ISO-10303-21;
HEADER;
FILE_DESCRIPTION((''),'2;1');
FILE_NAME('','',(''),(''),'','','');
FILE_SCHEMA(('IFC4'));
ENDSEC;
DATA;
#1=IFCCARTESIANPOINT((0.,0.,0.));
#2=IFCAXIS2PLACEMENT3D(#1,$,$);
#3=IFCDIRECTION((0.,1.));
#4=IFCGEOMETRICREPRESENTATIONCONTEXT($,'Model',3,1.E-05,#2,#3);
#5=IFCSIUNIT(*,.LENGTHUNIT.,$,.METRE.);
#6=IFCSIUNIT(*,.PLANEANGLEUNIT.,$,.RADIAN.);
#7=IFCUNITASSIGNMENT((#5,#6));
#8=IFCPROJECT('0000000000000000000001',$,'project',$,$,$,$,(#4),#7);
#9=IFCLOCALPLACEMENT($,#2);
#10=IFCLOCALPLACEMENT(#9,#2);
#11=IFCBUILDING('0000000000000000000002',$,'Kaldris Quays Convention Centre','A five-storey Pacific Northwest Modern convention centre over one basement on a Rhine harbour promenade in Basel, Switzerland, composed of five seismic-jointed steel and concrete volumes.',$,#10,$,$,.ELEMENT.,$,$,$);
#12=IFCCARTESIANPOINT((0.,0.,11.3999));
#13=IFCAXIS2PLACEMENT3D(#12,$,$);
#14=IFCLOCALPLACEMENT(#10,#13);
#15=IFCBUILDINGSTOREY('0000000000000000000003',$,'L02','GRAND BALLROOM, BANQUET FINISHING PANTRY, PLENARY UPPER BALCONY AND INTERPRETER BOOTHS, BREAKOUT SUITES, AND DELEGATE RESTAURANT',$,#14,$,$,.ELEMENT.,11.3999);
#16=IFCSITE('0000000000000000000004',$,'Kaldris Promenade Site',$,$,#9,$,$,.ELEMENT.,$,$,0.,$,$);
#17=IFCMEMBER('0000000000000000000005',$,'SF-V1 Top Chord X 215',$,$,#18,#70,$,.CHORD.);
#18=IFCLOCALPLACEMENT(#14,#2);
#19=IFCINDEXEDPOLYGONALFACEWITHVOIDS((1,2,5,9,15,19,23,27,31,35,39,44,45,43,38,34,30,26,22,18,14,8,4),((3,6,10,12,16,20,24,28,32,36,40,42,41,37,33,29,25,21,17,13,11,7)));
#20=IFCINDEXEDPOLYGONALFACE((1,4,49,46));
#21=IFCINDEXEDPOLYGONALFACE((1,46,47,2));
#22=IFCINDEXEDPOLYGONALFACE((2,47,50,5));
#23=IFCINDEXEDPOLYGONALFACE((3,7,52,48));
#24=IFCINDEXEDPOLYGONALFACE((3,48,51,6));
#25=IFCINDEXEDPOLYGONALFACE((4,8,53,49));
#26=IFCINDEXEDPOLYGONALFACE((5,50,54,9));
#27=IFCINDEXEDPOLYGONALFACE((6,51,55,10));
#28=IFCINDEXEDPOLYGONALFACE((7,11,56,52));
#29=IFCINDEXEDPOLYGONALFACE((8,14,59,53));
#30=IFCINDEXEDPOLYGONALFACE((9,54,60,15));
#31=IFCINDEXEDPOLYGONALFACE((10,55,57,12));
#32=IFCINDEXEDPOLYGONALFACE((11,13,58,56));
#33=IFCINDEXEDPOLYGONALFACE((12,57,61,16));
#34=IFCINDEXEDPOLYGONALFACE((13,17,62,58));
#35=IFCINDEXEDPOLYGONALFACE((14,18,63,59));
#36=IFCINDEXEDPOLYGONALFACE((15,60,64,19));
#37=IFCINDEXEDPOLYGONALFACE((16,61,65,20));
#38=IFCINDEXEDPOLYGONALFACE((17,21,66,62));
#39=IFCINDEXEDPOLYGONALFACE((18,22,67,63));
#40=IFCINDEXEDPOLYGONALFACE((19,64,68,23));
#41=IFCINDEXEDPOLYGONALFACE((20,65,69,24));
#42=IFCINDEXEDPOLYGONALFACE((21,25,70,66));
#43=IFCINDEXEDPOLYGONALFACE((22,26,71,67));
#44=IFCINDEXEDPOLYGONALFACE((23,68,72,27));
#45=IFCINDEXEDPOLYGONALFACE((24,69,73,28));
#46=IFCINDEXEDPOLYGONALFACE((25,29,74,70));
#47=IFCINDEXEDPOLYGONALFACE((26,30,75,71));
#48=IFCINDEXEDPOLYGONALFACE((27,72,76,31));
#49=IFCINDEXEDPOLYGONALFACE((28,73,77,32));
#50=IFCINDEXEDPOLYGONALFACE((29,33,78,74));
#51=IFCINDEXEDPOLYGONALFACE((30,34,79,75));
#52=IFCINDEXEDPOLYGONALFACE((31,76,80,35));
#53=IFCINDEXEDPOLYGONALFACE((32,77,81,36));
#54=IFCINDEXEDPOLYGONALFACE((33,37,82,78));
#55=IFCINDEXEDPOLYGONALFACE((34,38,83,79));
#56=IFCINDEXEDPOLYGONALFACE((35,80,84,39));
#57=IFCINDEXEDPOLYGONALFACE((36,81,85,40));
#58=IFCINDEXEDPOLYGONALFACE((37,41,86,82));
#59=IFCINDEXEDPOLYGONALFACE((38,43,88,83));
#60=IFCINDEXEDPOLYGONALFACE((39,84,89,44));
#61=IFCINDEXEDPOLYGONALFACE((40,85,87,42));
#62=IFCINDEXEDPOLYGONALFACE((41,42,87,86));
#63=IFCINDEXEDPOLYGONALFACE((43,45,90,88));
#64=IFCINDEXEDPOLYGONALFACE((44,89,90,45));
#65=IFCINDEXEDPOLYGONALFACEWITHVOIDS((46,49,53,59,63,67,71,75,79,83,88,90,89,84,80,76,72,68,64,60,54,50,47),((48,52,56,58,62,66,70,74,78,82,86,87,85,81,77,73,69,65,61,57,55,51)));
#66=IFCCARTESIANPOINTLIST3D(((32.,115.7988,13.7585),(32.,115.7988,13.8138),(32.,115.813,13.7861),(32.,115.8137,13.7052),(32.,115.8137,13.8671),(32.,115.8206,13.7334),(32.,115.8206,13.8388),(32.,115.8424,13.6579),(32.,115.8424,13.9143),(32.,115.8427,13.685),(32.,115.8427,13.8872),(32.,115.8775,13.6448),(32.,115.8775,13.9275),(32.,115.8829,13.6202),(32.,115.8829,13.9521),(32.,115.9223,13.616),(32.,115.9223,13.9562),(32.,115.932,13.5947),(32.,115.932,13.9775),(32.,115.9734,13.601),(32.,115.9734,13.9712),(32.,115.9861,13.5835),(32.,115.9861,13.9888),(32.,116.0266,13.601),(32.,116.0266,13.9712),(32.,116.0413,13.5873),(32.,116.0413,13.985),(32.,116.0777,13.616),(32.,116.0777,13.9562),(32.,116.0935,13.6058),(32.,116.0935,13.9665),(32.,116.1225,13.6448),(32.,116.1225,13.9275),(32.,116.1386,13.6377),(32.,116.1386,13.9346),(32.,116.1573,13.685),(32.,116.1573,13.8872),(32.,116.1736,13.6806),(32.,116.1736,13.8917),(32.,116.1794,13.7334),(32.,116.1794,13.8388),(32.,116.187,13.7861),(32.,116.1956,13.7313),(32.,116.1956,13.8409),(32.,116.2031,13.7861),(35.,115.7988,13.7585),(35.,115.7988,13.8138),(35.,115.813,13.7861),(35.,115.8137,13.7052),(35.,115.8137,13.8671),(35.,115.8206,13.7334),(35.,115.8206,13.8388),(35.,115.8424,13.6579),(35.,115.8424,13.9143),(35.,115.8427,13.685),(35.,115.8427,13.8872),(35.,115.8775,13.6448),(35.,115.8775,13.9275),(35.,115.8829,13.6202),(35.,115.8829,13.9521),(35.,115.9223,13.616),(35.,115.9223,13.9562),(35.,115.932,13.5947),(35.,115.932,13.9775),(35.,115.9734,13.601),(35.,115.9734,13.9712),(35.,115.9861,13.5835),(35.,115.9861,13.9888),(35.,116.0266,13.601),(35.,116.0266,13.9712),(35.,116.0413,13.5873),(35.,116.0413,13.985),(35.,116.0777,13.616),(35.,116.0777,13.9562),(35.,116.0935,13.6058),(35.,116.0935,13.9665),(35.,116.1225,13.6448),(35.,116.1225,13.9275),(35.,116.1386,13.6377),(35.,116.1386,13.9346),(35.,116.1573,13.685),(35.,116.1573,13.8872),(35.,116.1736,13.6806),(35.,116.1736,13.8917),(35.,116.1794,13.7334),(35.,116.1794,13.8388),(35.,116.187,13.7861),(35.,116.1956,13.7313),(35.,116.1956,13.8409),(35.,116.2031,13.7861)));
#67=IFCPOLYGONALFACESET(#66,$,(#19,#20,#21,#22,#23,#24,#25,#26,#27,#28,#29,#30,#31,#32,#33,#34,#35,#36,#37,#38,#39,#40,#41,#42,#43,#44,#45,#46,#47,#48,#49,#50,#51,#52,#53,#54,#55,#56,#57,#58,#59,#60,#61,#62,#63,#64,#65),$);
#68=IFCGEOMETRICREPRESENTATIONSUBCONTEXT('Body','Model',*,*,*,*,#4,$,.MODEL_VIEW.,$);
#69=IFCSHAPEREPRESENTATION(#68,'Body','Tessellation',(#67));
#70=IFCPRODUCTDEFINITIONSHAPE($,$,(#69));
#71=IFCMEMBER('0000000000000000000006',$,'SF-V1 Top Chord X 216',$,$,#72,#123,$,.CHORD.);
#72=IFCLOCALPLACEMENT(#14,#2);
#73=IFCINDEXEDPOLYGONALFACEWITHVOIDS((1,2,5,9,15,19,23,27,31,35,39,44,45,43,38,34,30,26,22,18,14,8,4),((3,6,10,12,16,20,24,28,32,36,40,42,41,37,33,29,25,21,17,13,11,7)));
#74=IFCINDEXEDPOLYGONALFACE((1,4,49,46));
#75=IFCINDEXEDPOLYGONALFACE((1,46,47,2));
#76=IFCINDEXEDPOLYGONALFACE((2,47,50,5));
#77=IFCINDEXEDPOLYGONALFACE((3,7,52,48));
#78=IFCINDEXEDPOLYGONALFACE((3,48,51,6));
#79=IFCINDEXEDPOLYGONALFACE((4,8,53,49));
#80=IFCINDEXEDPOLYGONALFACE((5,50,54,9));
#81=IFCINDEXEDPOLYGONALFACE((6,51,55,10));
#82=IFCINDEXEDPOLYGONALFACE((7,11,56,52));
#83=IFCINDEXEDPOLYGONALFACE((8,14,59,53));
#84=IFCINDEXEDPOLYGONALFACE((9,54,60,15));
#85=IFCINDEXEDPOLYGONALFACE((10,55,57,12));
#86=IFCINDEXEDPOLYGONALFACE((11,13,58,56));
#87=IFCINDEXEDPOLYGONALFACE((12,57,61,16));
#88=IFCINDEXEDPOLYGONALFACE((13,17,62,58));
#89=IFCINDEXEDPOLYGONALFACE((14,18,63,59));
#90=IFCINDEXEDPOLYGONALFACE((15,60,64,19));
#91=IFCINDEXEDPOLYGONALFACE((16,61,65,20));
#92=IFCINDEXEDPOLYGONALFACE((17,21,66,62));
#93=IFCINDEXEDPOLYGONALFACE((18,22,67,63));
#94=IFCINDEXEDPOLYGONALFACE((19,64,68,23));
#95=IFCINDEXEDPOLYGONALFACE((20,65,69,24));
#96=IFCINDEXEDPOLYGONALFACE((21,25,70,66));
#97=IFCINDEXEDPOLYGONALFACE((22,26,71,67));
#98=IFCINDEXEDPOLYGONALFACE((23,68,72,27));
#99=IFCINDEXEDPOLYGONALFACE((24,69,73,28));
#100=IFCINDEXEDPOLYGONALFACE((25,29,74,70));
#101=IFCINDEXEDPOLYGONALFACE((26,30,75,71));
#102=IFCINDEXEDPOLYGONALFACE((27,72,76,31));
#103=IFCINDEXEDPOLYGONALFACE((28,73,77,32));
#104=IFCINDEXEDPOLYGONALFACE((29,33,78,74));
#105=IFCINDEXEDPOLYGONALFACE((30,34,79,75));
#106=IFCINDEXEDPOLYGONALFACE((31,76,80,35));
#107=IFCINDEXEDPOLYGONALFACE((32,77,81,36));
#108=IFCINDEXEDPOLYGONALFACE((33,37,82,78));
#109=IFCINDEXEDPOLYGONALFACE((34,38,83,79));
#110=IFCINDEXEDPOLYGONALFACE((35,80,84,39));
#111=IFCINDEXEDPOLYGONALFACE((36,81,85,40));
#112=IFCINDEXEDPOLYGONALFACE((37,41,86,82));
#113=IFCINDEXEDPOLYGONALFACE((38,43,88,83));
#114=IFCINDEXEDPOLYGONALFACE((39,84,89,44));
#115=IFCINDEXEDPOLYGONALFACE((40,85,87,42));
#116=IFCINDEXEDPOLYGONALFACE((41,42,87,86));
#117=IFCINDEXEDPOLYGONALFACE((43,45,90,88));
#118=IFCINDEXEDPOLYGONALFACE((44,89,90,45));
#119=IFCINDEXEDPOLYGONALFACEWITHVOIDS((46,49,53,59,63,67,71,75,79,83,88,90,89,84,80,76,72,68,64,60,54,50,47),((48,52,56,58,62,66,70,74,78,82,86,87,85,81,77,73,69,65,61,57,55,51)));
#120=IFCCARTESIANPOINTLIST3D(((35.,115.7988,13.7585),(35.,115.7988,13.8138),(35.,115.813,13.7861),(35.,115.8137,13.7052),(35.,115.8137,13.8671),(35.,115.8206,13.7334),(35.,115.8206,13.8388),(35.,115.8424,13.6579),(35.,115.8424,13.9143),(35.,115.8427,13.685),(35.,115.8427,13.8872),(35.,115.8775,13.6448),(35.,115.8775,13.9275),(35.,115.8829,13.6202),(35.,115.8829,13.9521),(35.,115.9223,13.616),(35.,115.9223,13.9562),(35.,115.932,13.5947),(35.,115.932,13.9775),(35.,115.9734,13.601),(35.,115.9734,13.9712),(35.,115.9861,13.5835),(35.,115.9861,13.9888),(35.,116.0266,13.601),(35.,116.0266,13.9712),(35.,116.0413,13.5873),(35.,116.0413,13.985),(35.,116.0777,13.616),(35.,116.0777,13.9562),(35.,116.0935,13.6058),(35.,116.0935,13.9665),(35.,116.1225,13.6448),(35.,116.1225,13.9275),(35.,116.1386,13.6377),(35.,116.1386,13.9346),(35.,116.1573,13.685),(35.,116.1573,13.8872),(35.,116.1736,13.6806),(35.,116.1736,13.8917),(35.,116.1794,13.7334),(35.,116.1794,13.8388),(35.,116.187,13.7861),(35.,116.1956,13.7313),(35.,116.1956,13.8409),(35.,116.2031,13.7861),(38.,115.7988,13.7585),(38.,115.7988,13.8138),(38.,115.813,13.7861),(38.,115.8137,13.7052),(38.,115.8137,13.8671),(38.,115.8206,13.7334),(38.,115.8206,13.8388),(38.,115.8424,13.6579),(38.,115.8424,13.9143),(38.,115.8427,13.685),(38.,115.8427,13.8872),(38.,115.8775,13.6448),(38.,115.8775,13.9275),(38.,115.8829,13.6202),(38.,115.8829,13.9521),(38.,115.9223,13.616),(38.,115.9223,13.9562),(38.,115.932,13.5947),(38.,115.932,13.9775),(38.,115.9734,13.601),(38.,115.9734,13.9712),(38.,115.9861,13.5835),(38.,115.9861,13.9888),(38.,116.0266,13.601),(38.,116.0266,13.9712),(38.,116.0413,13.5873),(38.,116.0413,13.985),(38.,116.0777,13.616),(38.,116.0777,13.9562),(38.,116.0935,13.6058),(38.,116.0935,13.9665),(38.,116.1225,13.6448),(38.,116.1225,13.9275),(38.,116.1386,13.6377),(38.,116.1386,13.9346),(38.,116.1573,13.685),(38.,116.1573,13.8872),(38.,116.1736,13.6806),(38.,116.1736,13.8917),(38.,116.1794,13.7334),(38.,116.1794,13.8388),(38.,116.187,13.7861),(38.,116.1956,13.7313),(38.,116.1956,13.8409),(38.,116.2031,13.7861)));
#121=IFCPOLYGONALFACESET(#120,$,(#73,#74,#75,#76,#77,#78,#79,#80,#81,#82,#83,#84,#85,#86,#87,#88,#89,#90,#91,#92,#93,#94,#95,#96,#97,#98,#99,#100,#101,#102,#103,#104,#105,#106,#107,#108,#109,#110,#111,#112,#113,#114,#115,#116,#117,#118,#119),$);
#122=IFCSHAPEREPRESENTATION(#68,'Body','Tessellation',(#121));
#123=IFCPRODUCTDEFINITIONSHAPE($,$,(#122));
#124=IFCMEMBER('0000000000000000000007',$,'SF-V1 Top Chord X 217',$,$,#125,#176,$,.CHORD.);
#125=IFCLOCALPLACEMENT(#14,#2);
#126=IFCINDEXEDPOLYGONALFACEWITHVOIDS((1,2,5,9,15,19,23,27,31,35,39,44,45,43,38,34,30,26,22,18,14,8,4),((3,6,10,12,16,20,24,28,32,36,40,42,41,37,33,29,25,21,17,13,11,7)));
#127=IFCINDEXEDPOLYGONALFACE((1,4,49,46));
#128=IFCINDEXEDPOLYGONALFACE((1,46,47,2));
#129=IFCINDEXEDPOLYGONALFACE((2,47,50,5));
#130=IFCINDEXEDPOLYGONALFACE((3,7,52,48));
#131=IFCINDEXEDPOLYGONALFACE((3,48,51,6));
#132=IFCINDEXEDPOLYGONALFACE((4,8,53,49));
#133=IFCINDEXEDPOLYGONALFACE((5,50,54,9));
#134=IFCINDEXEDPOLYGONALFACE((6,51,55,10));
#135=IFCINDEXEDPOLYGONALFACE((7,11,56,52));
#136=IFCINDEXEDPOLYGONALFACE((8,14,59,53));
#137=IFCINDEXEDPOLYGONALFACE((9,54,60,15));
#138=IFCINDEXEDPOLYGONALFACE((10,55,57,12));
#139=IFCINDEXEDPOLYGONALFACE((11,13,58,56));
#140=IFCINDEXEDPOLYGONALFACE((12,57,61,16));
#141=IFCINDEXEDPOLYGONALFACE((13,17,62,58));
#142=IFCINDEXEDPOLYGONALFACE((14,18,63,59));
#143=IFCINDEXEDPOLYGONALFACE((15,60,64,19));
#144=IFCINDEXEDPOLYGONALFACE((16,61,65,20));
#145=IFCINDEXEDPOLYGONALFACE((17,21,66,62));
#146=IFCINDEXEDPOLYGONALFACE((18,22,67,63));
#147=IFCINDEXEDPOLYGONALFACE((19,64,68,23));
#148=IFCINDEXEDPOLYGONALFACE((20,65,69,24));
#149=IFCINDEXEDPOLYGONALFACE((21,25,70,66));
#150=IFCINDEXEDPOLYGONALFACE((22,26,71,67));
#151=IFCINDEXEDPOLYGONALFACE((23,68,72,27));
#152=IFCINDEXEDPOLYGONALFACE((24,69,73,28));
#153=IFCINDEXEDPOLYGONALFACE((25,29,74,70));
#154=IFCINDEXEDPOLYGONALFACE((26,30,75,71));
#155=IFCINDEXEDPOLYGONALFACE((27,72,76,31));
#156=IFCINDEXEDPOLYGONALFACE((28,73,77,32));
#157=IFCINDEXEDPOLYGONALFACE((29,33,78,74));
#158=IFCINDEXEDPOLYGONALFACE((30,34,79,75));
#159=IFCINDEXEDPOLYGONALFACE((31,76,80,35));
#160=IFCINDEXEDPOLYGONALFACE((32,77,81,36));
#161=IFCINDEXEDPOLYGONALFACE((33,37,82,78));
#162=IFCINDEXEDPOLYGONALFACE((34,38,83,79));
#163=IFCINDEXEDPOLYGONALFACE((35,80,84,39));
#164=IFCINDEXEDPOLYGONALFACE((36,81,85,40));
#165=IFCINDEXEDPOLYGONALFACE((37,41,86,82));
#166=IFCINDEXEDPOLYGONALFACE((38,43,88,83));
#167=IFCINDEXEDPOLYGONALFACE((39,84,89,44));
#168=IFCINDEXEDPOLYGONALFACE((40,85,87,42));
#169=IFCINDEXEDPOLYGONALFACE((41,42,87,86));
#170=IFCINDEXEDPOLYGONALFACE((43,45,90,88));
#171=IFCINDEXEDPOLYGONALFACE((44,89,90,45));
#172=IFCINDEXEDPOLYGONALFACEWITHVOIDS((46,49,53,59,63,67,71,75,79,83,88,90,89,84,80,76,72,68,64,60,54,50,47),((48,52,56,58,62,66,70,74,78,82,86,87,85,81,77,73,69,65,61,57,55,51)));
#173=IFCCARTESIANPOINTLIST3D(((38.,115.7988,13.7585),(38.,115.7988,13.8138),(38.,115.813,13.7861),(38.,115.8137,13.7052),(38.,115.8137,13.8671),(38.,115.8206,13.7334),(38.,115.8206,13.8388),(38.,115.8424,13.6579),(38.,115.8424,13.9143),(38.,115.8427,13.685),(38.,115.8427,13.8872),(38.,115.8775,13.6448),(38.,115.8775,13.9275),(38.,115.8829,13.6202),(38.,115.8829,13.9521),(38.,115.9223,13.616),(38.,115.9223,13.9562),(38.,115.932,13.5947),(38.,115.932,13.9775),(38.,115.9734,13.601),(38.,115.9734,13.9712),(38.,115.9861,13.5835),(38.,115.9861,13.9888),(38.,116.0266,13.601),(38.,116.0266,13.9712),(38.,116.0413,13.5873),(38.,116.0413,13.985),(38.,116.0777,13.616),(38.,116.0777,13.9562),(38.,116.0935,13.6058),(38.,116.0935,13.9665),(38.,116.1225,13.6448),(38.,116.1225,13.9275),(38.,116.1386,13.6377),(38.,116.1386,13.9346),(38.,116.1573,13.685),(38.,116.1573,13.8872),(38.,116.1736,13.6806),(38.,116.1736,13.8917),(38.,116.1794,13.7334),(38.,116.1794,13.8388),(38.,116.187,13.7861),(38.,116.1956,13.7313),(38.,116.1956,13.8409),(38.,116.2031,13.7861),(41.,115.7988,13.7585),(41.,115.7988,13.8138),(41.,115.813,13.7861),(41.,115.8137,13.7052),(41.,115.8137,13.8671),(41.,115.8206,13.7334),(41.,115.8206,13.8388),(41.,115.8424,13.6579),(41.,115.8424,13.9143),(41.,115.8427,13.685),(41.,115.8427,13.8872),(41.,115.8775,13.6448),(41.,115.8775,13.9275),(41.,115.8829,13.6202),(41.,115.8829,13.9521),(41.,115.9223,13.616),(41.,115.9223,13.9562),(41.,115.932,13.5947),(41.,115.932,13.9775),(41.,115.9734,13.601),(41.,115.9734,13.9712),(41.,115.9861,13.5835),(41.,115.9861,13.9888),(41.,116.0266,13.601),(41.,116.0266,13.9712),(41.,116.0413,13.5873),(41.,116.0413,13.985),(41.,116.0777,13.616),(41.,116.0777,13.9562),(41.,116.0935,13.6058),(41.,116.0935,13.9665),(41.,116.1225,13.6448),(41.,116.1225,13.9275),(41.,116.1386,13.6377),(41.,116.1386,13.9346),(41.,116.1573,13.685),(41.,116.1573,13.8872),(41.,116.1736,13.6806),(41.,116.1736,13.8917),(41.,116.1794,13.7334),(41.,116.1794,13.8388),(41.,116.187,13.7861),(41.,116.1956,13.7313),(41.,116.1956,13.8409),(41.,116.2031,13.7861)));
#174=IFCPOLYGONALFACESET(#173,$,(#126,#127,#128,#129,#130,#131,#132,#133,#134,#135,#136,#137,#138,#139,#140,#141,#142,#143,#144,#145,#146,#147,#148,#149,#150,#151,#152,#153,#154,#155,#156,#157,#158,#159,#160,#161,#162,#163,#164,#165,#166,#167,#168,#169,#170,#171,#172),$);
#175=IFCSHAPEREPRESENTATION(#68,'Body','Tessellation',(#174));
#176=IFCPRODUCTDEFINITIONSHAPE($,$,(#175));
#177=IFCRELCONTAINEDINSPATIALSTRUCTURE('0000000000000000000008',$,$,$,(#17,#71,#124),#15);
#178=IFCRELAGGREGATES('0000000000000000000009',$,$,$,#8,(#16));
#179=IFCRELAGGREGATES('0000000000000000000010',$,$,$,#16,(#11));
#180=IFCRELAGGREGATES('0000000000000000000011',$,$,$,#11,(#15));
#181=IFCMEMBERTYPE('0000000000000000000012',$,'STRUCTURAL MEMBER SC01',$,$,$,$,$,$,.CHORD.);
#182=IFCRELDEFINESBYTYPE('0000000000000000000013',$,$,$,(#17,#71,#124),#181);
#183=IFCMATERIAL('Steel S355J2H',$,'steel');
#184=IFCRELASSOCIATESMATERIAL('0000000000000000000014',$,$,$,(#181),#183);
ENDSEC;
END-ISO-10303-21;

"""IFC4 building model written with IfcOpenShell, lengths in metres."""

from ifc_helpers import new_model, si_unit, direction, frame, origin, origin_2d, place, context, subcontext, project, spatial, hollow_circle, extrude, material, material_profile, profile_set, type_object, element, save


model = new_model("IFC4")

# Units and contexts
model_context = context("Model", 3, precision=1e-05, world=origin(), true_north=direction((0.0, 1.0)))
body_context = subcontext(model_context, "Body", "Model", "MODEL_VIEW")
ifc_project = project(units=[si_unit("LENGTHUNIT", "METRE"), si_unit("PLANEANGLEUNIT", "RADIAN")], contexts=[model_context])

# Site, building, storey
site_placement = place(None, origin())
site = spatial("IfcSite", under=ifc_project, at=site_placement, Name="Kaldris Promenade Site", CompositionType="ELEMENT", RefElevation=0.0)
building_placement = place(site_placement, origin())
building = spatial("IfcBuilding", under=site, at=building_placement, Name="Kaldris Quays Convention Centre", Description="A five-storey Pacific Northwest Modern convention centre over one basement on a Rhine harbour promenade in Basel, Switzerland, composed of five seismic-jointed steel and concrete volumes.", CompositionType="ELEMENT")
storey_placement = place(building_placement, frame((0.0, 0.0, 11.3999)))
storey = spatial("IfcBuildingStorey", under=building, at=storey_placement, Name="L02", Description="GRAND BALLROOM, BANQUET FINISHING PANTRY, PLENARY UPPER BALCONY AND INTERPRETER BOOTHS, BREAKOUT SUITES, AND DELEGATE RESTAURANT", CompositionType="ELEMENT", Elevation=11.3999)

# Members
ifc_material_1 = material(Name="Steel S355J2H", Category="steel")
ifc_material_profile_1 = material_profile(ifc_material_1, hollow_circle(Radius=0.2031, WallThickness=0.0161, at=origin_2d()), Name="CHS 406.4x16")
ifc_profile_set_1 = profile_set([ifc_material_profile_1], Name="Steel S355J2H")
member_type_1 = type_object("IfcMemberType", Name="STRUCTURAL MEMBER SC01", PredefinedType="CHORD", material=ifc_profile_set_1)
for number, where, z_axis, x_axis, name in (
    (1, (32.0, 116.0, 13.7861), (1.0, 0.0, 0.0), (0.0, 1.0, 0.0), "SF-V1 Top Chord X 215"),
    (2, (35.0, 116.0, 13.7861), (1.0, 0.0, 0.0), (0.0, 1.0, 0.0), "SF-V1 Top Chord X 216"),
    (3, (38.0, 116.0, 13.7861), (1.0, 0.0, 0.0), (0.0, 1.0, 0.0), "SF-V1 Top Chord X 217"),
):
    element("IfcMember", number, at=place(storey_placement, frame(where, z_axis=z_axis, x_axis=x_axis)), inside=storey, type_object=member_type_1, Name=name, PredefinedType="CHORD", context=body_context, shape_type="SweptSolid", body=[
        extrude(hollow_circle(Radius=0.2031, WallThickness=0.0161, at=origin_2d()), origin(), (0.0, 0.0, 1.0), 3.0),
    ])

save(model, "model.ifc")
